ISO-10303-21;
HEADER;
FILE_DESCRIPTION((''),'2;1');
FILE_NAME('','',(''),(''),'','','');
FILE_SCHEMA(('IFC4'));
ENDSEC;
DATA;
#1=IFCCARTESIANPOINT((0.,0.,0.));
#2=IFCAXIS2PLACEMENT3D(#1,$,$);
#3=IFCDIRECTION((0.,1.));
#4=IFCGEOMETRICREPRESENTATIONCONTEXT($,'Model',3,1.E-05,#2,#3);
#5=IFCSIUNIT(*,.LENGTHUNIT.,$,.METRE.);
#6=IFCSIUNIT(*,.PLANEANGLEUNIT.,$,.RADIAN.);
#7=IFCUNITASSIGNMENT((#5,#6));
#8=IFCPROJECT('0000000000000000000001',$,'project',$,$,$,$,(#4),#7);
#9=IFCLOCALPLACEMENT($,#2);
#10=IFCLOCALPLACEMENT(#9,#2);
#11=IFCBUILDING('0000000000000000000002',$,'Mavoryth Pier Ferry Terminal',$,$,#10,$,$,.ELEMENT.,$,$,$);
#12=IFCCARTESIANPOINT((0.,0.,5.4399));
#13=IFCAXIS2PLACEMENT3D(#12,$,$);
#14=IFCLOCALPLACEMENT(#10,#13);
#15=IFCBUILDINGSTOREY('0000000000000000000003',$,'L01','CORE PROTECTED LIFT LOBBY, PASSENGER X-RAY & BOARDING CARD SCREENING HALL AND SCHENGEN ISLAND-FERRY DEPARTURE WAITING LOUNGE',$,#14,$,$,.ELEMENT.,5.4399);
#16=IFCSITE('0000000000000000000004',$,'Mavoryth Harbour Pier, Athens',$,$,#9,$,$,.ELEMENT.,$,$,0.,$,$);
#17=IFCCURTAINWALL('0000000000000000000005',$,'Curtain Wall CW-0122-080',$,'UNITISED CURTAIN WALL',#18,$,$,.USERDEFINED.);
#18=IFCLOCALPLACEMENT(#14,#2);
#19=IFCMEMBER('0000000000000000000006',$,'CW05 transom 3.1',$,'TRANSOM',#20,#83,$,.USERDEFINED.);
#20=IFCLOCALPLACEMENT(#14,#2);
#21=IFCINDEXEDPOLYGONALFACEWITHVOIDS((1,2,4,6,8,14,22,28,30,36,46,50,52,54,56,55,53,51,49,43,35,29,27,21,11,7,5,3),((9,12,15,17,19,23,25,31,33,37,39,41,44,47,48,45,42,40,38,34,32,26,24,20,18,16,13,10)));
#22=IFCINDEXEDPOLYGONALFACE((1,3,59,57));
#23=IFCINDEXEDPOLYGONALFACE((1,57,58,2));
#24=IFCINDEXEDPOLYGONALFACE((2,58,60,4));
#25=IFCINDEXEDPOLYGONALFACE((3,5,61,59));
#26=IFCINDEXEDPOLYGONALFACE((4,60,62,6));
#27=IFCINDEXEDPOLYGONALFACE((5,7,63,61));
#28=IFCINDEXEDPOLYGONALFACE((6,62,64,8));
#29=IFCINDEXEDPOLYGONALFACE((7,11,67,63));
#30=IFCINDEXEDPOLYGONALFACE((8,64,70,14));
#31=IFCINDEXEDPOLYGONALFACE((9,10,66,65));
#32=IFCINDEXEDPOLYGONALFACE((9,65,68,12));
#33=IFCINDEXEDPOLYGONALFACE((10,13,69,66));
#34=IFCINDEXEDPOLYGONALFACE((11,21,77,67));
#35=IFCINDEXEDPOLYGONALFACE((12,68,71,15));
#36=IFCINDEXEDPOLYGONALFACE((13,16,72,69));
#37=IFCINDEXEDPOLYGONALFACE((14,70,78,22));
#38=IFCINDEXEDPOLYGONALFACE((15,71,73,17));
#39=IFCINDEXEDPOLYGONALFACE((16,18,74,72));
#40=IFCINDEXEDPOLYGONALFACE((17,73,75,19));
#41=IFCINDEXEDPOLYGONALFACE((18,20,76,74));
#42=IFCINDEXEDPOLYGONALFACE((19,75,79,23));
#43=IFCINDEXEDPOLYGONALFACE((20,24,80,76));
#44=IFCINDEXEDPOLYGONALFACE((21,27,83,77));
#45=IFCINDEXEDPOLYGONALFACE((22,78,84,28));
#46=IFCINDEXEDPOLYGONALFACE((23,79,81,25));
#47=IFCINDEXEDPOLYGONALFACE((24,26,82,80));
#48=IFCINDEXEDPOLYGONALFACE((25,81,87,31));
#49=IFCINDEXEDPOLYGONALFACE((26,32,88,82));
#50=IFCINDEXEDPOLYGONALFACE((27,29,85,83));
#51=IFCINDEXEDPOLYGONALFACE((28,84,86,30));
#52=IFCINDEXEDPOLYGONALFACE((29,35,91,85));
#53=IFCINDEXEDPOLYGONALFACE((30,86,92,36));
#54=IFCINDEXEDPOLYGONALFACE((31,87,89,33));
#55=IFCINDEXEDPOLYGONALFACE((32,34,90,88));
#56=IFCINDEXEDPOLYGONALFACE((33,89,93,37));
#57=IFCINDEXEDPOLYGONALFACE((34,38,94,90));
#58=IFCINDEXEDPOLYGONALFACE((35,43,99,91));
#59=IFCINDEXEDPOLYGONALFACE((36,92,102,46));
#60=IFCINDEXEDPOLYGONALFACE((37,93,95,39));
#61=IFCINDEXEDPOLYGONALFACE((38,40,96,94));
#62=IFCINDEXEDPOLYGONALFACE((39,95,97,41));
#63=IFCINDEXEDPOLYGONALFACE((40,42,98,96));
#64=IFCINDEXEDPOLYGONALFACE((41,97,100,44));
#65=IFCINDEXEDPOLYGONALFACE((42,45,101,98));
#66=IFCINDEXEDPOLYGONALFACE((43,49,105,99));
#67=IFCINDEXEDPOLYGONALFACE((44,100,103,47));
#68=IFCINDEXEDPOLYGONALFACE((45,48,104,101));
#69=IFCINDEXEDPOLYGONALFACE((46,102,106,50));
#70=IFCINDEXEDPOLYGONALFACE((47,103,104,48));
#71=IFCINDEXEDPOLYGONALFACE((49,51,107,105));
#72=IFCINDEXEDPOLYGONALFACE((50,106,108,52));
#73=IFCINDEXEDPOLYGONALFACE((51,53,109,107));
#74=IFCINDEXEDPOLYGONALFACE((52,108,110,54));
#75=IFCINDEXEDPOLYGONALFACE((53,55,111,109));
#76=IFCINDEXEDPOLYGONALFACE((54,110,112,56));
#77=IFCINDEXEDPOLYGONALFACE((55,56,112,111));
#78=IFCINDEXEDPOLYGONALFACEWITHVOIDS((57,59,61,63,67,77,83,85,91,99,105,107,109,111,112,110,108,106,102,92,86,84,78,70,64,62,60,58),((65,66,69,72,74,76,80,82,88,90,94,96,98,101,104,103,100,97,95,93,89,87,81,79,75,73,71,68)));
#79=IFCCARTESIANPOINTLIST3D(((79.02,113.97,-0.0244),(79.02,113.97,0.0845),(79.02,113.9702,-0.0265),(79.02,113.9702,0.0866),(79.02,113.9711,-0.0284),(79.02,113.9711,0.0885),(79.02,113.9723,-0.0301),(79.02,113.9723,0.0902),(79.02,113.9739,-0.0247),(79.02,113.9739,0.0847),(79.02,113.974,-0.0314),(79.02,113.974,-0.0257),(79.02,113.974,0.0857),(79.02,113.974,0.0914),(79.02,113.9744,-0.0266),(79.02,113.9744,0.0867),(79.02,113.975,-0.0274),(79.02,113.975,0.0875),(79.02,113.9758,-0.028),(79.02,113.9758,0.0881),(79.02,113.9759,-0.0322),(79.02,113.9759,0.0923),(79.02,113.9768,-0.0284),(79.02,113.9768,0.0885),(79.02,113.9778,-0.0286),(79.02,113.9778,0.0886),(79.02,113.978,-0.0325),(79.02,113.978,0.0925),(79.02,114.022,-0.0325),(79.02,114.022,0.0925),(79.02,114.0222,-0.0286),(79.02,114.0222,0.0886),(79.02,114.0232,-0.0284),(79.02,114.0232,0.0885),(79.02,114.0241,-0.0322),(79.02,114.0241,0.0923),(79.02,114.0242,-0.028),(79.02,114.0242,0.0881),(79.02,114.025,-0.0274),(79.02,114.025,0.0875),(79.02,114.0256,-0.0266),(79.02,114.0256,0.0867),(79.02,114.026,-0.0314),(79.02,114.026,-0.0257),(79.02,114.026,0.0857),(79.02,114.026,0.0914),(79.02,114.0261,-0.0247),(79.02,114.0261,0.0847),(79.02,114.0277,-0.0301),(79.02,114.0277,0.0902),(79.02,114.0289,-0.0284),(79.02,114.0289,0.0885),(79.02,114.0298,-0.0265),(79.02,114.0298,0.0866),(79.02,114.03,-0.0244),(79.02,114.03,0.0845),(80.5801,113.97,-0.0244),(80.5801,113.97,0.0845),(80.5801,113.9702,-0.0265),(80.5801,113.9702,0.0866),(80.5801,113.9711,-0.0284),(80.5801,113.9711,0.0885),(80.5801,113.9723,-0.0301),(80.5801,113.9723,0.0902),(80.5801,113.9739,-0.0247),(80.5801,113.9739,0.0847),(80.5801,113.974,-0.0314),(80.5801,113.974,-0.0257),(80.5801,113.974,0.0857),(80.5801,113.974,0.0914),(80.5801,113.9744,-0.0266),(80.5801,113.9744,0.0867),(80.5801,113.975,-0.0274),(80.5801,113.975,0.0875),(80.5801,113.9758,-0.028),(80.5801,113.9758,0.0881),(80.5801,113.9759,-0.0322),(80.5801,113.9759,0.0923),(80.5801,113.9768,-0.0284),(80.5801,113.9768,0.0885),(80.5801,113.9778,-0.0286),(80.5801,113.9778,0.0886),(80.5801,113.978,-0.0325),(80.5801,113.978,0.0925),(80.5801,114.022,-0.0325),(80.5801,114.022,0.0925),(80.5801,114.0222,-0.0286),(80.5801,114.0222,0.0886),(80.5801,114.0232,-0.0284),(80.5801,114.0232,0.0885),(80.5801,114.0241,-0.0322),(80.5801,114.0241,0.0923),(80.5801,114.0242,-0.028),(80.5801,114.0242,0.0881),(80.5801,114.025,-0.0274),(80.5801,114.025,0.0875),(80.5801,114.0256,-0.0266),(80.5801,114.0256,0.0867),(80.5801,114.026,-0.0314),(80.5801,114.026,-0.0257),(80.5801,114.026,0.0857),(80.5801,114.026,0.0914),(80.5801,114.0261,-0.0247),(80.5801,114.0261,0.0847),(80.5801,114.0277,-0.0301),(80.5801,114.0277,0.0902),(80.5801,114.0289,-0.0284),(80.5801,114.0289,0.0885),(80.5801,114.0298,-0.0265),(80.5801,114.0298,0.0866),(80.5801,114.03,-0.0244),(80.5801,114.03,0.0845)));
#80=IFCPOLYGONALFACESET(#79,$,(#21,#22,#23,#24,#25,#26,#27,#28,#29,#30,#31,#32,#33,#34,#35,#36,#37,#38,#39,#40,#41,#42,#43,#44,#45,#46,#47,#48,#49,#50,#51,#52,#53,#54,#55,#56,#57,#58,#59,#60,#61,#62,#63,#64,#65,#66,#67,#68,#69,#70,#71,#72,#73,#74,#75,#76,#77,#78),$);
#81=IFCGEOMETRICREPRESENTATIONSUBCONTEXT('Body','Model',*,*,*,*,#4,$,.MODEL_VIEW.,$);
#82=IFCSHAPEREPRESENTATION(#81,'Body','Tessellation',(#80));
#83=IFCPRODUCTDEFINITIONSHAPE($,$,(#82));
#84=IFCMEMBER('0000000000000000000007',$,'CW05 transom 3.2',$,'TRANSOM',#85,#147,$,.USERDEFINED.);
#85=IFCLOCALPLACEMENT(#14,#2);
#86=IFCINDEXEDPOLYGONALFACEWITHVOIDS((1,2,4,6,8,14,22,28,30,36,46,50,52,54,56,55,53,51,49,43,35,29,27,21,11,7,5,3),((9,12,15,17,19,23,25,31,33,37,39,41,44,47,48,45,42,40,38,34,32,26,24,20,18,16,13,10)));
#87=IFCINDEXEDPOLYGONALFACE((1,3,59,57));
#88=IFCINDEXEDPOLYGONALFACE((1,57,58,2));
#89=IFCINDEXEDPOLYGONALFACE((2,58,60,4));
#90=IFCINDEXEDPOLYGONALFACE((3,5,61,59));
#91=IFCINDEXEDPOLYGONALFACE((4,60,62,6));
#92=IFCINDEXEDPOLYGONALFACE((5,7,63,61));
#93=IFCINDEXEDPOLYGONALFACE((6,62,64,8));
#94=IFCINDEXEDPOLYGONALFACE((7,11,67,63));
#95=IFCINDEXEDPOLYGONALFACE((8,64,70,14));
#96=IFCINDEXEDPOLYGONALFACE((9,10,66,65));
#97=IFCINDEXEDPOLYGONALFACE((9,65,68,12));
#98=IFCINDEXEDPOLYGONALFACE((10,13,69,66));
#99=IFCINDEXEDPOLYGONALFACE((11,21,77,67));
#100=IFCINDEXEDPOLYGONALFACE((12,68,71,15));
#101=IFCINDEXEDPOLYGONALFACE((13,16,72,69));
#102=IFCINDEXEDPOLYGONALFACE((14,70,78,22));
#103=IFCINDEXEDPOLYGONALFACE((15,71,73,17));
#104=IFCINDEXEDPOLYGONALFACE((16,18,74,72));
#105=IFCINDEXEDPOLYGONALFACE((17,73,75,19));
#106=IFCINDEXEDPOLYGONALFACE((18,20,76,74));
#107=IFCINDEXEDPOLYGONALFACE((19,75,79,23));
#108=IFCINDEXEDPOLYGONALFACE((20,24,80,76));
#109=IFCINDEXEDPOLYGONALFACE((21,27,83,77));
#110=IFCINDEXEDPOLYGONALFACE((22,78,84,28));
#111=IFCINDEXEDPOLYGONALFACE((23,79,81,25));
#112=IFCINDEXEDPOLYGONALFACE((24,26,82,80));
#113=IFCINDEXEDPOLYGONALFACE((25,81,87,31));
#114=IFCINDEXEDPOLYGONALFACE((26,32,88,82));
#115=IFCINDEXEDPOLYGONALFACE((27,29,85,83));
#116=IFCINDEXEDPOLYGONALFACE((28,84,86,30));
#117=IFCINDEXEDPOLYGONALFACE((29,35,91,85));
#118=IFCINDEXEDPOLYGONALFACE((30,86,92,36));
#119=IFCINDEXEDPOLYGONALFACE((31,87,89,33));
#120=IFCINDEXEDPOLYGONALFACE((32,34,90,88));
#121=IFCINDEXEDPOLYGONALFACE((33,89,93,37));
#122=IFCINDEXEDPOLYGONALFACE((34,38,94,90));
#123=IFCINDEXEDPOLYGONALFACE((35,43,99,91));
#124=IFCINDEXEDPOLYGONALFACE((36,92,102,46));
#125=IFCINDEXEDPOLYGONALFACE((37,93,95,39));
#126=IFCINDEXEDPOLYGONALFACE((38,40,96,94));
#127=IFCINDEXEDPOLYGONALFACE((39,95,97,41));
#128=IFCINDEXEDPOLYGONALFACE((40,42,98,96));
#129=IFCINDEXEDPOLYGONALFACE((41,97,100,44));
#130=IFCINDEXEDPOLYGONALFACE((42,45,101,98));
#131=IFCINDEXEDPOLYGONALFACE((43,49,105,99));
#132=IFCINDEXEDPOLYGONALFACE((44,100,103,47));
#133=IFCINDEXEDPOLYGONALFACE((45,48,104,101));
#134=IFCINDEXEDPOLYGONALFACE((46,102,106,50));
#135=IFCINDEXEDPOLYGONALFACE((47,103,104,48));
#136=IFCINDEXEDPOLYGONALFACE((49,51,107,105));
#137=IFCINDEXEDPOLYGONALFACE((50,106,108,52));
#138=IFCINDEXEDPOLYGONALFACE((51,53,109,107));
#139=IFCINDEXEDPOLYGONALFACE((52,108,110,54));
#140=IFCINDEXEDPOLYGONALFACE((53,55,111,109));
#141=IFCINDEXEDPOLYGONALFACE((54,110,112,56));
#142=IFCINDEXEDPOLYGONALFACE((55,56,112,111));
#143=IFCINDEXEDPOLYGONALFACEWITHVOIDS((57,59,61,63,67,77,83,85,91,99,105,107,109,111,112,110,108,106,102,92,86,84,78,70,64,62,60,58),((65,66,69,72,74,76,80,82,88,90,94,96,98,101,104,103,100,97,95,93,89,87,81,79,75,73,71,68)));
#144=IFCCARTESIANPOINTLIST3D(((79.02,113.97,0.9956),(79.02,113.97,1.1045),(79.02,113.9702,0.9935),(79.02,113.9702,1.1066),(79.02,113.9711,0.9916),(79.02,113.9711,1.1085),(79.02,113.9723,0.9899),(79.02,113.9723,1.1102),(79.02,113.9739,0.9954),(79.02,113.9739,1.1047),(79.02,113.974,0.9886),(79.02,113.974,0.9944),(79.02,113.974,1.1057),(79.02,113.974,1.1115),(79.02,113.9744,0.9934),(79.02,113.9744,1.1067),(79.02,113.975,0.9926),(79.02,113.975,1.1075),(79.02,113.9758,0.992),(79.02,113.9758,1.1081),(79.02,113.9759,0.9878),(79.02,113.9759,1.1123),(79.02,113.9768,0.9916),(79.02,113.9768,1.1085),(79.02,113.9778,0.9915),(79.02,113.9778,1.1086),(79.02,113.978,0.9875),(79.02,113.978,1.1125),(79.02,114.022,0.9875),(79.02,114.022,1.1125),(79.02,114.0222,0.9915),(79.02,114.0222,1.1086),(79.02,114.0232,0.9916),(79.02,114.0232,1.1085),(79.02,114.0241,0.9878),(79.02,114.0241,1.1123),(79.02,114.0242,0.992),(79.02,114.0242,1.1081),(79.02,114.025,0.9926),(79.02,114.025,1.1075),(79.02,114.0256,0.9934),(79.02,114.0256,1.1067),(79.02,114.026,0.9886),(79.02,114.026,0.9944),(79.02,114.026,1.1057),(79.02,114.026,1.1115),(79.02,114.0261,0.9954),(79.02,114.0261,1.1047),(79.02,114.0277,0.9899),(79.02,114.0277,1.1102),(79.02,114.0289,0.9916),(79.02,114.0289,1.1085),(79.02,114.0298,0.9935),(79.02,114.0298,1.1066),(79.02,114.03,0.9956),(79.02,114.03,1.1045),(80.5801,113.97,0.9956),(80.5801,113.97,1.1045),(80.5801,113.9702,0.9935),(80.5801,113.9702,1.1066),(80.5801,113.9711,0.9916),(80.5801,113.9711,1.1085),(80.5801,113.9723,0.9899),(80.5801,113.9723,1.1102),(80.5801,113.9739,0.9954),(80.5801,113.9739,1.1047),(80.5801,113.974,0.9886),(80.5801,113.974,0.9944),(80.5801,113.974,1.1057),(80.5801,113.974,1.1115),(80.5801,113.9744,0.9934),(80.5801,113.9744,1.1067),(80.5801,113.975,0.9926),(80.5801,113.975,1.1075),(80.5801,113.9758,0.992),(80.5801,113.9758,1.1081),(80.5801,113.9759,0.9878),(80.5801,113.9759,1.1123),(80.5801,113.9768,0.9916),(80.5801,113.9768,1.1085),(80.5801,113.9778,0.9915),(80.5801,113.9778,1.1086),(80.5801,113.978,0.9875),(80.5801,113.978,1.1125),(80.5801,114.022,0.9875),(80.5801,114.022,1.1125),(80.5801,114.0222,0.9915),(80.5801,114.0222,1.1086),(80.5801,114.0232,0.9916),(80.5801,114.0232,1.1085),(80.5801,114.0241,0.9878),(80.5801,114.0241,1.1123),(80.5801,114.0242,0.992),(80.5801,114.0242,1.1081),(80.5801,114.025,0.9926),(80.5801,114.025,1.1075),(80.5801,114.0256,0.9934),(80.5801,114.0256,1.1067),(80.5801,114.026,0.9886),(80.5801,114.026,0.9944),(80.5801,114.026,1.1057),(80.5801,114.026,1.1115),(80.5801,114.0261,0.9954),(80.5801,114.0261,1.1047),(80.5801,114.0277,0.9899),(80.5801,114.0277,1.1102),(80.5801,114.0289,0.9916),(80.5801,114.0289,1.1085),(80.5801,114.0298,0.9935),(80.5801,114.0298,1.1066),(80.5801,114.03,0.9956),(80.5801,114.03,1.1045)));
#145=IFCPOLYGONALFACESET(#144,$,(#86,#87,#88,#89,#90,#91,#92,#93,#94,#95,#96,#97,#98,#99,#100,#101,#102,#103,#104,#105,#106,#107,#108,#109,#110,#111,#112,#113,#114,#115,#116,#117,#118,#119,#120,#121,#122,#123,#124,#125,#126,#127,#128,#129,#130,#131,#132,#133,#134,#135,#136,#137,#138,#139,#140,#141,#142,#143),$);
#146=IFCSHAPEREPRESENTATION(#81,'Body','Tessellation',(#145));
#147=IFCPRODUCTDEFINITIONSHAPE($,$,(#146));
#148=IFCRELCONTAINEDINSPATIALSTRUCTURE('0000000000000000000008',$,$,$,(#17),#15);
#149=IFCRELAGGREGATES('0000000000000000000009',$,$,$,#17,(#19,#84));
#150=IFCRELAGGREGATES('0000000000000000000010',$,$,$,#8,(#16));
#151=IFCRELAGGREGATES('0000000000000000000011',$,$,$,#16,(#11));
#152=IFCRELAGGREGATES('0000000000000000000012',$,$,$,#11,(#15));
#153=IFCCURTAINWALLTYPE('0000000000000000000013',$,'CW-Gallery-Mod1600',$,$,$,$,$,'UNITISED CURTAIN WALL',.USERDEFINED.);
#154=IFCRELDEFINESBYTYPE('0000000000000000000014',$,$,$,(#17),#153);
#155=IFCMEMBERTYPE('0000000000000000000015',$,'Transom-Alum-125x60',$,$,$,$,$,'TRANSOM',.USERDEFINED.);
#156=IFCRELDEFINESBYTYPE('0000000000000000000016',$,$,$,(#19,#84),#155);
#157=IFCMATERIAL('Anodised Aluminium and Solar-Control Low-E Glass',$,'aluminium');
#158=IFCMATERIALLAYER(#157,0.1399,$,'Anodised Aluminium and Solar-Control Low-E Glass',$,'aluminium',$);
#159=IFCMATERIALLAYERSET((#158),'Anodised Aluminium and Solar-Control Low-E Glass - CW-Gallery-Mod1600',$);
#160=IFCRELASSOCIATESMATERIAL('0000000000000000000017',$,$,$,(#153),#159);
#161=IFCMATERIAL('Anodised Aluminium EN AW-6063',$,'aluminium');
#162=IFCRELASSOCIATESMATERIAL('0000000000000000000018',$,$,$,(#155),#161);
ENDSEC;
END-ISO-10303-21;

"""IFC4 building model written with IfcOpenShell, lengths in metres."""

from ifc_helpers import new_model, si_unit, direction, frame, origin, origin_2d, place, context, subcontext, project, spatial, hollow_rectangle, extrude, material, layer, layer_set, material_profile, profile_set, type_object, element, aggregate, save


model = new_model("IFC4")

# Units and contexts
model_context = context("Model", 3, precision=1e-05, world=origin(), true_north=direction((0.0, 1.0)))
body_context = subcontext(model_context, "Body", "Model", "MODEL_VIEW")
ifc_project = project(units=[si_unit("LENGTHUNIT", "METRE"), si_unit("PLANEANGLEUNIT", "RADIAN")], contexts=[model_context])

# Site, building, storey
site_placement = place(None, origin())
site = spatial("IfcSite", under=ifc_project, at=site_placement, Name="Mavoryth Harbour Pier, Athens", CompositionType="ELEMENT", RefElevation=0.0)
building_placement = place(site_placement, origin())
building = spatial("IfcBuilding", under=site, at=building_placement, Name="Mavoryth Pier Ferry Terminal", CompositionType="ELEMENT")
storey_placement = place(building_placement, frame((0.0, 0.0, 5.4399)))
storey = spatial("IfcBuildingStorey", under=building, at=storey_placement, Name="L01", Description="CORE PROTECTED LIFT LOBBY, PASSENGER X-RAY & BOARDING CARD SCREENING HALL AND SCHENGEN ISLAND-FERRY DEPARTURE WAITING LOUNGE", CompositionType="ELEMENT", Elevation=5.4399)

# Curtain wall
ifc_material_1 = material(Name="Anodised Aluminium and Solar-Control Low-E Glass", Category="aluminium")
ifc_layer_1 = layer(ifc_material_1, 0.1399, Name="Anodised Aluminium and Solar-Control Low-E Glass", Category="aluminium")
ifc_layer_set_1 = layer_set([ifc_layer_1], Name="Anodised Aluminium and Solar-Control Low-E Glass - CW-Gallery-Mod1600")
curtain_wall_type = type_object("IfcCurtainWallType", Name="CW-Gallery-Mod1600", ElementType="UNITISED CURTAIN WALL", PredefinedType="USERDEFINED", material=ifc_layer_set_1)
curtain_wall_1_placement = place(storey_placement, origin())
curtain_wall_1 = element("IfcCurtainWall", 1, at=curtain_wall_1_placement, inside=storey, type_object=curtain_wall_type, Name="Curtain Wall CW-0122-080", ObjectType="UNITISED CURTAIN WALL", PredefinedType="USERDEFINED")
ifc_material_2 = material(Name="Anodised Aluminium EN AW-6063", Category="aluminium")

# Members
ifc_material_profile_1 = material_profile(ifc_material_2, hollow_rectangle(XDim=0.0601, YDim=0.125, WallThickness=0.0039, InnerFilletRadius=0.0039, OuterFilletRadius=0.0081, at=origin_2d()), Name="AL-TRAN 125x60x4", Category="aluminium")
ifc_profile_set_1 = profile_set([ifc_material_profile_1], Name="Anodised Aluminium EN AW-6063 - AL-TRAN 125x60x4")
member_type_1 = type_object("IfcMemberType", Name="Transom-Alum-125x60", ElementType="TRANSOM", PredefinedType="USERDEFINED", material=ifc_profile_set_1)
member_1_placement = place(storey_placement, frame((80.5801, 114.0, 0.03), z_axis=(-1.0, 0.0, 0.0), x_axis=(0.0, -1.0, 0.0)))
member_1 = element("IfcMember", 2, at=member_1_placement, type_object=member_type_1, Name="CW05 transom 3.1", ObjectType="TRANSOM", PredefinedType="USERDEFINED", context=body_context, shape_type="SweptSolid", body=[
    extrude(hollow_rectangle(XDim=0.0601, YDim=0.125, WallThickness=0.0039, InnerFilletRadius=0.0039, OuterFilletRadius=0.0081, at=origin_2d()), origin(), (0.0, 0.0, 1.0), 1.5601),
])
member_2_placement = place(storey_placement, frame((80.5801, 114.0, 1.05), z_axis=(-1.0, 0.0, 0.0), x_axis=(0.0, -1.0, 0.0)))
member_2 = element("IfcMember", 3, at=member_2_placement, type_object=member_type_1, Name="CW05 transom 3.2", ObjectType="TRANSOM", PredefinedType="USERDEFINED", context=body_context, shape_type="SweptSolid", body=[
    extrude(hollow_rectangle(XDim=0.0601, YDim=0.125, WallThickness=0.0039, InnerFilletRadius=0.0039, OuterFilletRadius=0.0081, at=origin_2d()), origin(), (0.0, 0.0, 1.0), 1.5601),
])

aggregate(curtain_wall_1, [member_1, member_2])

save(model, "model.ifc")
